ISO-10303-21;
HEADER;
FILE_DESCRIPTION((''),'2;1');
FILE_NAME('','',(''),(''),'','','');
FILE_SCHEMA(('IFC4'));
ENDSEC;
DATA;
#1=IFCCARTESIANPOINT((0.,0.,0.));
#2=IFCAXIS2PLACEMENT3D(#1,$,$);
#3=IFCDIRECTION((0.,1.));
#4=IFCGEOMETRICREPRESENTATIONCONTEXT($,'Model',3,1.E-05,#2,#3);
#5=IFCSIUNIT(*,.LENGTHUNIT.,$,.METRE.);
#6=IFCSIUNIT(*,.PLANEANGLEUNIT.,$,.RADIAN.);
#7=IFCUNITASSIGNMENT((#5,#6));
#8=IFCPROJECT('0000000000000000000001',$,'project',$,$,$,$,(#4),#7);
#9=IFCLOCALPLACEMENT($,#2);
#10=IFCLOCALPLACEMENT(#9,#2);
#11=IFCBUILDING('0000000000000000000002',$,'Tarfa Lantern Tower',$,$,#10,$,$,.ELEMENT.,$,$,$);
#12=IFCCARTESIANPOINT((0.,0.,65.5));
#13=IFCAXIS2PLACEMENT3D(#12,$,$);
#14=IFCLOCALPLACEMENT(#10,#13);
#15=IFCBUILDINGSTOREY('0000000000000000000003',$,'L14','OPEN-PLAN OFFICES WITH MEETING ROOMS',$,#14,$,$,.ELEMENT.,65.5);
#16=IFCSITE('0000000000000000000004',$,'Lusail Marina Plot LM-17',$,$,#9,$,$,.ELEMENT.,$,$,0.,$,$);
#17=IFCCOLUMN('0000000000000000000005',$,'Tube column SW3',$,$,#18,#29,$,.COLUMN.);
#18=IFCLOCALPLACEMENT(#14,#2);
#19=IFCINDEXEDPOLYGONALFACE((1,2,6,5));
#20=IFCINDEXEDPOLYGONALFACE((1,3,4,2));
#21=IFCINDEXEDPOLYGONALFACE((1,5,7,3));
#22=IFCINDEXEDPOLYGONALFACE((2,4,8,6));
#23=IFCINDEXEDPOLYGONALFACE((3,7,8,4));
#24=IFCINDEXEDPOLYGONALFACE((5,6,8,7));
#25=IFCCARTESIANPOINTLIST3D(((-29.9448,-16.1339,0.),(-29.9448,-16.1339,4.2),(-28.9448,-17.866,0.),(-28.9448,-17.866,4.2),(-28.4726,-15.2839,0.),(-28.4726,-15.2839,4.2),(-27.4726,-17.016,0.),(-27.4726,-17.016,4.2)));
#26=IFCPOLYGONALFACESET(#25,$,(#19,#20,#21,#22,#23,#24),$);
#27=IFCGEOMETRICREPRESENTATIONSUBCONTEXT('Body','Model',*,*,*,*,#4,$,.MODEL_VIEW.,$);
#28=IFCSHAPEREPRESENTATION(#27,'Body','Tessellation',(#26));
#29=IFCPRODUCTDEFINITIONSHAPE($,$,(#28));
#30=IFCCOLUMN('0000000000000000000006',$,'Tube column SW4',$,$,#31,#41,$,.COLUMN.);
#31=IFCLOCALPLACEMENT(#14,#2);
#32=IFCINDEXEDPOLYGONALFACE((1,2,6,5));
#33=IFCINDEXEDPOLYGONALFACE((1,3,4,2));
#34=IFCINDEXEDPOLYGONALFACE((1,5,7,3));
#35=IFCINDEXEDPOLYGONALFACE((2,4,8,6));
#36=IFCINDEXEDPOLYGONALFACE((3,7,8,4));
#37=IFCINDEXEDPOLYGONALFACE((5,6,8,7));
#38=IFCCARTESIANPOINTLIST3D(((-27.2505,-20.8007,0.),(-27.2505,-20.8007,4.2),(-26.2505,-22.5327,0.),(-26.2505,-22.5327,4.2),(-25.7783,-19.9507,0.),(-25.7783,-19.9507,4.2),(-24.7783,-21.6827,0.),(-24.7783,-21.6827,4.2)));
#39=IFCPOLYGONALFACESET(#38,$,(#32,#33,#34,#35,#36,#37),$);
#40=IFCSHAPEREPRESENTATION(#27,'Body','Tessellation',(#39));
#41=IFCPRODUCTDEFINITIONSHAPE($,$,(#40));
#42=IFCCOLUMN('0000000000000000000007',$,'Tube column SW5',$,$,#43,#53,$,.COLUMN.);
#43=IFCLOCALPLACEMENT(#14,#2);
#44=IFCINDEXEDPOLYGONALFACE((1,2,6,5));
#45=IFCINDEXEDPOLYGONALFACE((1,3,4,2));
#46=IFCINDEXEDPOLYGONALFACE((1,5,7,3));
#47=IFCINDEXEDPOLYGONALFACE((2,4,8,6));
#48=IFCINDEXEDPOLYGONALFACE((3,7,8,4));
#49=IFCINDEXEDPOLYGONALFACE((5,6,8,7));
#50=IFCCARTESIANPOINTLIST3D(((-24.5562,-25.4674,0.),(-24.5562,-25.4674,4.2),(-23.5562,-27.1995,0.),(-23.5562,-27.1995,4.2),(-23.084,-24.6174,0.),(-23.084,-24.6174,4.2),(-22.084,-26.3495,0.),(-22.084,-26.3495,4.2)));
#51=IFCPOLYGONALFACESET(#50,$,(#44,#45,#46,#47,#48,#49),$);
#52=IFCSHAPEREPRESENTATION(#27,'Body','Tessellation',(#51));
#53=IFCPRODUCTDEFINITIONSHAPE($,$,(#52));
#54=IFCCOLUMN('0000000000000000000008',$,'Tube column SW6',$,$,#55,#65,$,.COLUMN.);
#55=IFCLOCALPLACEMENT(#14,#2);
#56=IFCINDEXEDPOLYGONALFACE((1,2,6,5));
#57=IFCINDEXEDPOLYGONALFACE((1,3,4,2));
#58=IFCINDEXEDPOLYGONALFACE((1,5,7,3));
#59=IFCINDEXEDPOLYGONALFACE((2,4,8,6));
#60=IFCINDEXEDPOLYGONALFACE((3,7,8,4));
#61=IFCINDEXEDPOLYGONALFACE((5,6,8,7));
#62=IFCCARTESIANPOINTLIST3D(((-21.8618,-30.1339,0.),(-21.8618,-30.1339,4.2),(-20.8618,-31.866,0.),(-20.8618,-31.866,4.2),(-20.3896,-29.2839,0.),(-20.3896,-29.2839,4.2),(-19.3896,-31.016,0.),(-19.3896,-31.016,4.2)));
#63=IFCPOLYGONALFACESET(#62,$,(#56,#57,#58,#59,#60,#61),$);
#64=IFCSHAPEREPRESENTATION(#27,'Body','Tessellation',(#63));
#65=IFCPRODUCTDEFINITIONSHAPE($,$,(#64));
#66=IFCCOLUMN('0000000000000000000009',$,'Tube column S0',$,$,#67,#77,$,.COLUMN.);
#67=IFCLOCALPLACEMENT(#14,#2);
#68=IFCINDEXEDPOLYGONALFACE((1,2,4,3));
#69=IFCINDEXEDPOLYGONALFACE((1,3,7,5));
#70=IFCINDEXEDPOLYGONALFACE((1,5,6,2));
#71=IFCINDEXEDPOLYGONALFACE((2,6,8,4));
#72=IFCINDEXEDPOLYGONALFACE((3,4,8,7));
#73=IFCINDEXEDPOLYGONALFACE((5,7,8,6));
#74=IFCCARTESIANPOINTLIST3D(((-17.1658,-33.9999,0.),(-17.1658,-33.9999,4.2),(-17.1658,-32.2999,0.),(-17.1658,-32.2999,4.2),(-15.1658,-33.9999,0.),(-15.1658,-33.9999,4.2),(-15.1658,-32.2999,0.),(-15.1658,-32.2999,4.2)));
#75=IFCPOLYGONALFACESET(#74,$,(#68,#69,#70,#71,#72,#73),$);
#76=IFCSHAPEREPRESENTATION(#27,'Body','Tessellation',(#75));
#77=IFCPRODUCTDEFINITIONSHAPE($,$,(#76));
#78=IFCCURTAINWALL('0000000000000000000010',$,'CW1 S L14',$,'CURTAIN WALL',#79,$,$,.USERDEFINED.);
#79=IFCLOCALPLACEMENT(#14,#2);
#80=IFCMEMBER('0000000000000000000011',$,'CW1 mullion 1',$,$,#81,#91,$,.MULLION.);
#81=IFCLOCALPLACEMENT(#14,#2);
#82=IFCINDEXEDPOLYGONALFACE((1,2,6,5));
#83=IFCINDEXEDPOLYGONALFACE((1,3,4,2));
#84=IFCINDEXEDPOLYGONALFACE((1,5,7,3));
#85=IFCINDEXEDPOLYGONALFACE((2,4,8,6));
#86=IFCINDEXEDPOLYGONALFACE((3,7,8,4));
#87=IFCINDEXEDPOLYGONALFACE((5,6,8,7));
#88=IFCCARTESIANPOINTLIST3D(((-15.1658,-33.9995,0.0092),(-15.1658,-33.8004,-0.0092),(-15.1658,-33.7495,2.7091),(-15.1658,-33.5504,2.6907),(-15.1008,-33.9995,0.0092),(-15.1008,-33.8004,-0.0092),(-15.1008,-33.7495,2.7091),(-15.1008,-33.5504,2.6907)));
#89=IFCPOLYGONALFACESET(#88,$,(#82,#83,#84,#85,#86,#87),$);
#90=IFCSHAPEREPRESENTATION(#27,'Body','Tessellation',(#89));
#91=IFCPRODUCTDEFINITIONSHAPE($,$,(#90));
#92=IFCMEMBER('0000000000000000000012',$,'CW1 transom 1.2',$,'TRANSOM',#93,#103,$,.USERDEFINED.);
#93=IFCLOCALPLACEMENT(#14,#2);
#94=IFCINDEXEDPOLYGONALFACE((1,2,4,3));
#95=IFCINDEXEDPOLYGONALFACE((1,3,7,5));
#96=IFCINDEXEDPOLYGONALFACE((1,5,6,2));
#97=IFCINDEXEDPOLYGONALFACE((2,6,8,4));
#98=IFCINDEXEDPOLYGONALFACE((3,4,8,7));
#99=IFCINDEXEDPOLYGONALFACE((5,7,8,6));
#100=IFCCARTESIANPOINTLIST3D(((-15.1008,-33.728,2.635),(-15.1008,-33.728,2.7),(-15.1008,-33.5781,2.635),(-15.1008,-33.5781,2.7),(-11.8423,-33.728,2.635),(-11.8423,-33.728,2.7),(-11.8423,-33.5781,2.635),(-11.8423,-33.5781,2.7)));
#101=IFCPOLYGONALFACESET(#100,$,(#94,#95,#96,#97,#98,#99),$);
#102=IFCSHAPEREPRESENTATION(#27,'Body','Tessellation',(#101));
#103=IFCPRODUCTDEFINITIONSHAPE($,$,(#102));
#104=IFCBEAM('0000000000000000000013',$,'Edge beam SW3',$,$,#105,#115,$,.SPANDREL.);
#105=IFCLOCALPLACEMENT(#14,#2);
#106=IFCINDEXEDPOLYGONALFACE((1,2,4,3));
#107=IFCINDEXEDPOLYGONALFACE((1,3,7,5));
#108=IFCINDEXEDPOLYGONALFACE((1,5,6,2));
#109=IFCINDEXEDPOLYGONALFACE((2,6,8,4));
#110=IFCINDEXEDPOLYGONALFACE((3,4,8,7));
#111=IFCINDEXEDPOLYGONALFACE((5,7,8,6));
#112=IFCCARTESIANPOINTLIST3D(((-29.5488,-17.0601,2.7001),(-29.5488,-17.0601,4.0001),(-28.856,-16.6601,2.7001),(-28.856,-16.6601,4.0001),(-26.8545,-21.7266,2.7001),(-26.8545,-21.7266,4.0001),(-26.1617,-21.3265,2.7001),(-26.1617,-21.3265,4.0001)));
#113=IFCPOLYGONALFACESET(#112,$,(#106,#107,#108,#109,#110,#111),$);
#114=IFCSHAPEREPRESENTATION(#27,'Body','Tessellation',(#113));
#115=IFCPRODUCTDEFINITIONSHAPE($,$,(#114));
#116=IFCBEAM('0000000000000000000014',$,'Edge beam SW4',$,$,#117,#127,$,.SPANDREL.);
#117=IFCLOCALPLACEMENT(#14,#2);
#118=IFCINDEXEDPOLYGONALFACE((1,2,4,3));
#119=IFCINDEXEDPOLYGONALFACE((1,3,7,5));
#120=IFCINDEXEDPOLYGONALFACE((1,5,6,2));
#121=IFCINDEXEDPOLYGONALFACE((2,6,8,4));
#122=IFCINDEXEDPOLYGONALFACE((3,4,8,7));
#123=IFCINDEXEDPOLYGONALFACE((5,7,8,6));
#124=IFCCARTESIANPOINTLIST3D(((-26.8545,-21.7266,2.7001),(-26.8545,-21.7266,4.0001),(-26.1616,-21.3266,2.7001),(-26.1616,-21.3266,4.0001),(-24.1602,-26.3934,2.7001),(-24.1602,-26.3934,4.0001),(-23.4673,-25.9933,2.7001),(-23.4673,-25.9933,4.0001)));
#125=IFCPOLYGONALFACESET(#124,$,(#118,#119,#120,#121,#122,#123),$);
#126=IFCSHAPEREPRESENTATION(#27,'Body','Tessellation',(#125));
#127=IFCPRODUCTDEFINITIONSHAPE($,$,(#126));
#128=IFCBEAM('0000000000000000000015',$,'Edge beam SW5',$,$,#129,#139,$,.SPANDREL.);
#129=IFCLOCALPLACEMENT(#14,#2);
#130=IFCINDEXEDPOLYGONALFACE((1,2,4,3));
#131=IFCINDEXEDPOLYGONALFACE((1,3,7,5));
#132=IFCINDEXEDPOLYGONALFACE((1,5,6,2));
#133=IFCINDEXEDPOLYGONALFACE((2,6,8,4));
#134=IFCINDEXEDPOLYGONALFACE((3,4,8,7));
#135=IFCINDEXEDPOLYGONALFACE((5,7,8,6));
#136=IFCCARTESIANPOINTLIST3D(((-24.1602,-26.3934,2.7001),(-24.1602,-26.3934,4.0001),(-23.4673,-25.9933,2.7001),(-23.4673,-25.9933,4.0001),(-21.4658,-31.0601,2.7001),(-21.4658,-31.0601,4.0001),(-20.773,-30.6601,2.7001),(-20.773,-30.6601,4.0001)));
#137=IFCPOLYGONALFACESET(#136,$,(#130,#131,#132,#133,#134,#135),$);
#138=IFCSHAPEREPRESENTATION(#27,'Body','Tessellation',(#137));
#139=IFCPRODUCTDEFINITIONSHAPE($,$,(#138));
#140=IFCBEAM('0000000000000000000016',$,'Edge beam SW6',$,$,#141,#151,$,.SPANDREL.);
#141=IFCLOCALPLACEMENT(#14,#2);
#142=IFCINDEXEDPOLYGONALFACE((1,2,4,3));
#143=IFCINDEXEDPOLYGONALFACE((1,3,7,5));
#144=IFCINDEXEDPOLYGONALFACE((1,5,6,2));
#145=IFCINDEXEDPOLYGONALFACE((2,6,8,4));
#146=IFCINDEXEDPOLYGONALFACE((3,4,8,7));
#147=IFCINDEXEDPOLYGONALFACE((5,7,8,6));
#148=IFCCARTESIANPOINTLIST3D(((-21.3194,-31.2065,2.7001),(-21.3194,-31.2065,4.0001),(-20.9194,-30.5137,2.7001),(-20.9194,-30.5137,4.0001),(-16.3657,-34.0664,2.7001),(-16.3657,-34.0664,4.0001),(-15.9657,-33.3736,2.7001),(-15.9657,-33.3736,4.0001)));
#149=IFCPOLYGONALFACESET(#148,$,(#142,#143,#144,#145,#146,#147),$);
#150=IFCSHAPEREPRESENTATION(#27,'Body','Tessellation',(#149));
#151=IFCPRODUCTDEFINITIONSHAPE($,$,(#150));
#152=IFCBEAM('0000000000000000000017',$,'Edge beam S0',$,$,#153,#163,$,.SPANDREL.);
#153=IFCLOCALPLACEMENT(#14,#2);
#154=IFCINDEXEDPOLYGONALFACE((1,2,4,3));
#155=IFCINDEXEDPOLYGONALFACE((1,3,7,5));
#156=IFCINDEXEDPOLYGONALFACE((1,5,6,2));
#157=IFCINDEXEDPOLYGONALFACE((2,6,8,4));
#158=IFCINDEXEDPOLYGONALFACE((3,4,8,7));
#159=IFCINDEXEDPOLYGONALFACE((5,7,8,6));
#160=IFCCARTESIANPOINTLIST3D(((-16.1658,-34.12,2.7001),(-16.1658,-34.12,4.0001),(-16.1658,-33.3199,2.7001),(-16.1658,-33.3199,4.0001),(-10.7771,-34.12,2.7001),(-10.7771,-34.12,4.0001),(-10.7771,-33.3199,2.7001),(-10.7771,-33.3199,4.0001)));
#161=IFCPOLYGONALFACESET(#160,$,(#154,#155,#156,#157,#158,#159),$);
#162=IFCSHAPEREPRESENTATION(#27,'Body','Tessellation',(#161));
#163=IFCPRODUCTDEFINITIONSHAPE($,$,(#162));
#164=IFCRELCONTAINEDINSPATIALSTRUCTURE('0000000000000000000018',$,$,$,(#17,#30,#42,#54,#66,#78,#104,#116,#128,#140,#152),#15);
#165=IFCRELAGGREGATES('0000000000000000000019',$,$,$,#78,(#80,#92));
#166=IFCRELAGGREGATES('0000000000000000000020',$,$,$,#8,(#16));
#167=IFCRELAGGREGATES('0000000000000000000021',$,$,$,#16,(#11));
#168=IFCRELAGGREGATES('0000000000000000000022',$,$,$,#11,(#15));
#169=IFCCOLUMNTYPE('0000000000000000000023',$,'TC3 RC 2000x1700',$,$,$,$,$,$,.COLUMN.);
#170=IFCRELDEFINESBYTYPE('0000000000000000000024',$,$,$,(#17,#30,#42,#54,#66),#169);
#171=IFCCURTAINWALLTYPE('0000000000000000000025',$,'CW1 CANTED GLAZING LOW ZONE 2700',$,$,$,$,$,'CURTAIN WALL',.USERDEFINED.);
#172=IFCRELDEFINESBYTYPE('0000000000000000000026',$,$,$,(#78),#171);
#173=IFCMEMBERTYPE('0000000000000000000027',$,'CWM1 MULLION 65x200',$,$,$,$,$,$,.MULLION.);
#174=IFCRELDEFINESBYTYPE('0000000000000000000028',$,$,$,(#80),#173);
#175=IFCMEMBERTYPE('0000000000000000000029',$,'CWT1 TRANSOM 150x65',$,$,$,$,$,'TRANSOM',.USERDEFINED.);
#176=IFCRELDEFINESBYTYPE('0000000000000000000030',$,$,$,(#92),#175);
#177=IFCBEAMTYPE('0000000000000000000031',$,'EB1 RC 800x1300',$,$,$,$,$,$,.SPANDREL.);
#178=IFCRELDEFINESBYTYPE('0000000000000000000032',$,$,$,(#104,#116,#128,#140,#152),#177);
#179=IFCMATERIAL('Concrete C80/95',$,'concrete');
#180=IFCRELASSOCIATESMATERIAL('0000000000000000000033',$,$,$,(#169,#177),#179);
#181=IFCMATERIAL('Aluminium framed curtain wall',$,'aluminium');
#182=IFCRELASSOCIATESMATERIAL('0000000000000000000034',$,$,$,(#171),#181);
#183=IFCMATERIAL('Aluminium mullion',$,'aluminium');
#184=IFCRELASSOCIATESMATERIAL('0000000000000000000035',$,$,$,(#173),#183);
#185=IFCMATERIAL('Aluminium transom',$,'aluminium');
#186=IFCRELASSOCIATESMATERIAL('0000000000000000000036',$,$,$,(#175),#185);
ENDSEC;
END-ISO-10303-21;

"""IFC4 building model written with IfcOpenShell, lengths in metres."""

from ifc_helpers import new_model, si_unit, direction, frame, origin, origin_2d, place, context, subcontext, project, spatial, rectangle, extrude, material, material_profile, profile_set, type_object, element, aggregate, save


model = new_model("IFC4")

# Units and contexts
model_context = context("Model", 3, precision=1e-05, world=origin(), true_north=direction((0.0, 1.0)))
body_context = subcontext(model_context, "Body", "Model", "MODEL_VIEW")
ifc_project = project(units=[si_unit("LENGTHUNIT", "METRE"), si_unit("PLANEANGLEUNIT", "RADIAN")], contexts=[model_context])

# Site, building, storey
site_placement = place(None, origin())
site = spatial("IfcSite", under=ifc_project, at=site_placement, Name="Lusail Marina Plot LM-17", CompositionType="ELEMENT", RefElevation=0.0)
building_placement = place(site_placement, origin())
building = spatial("IfcBuilding", under=site, at=building_placement, Name="Tarfa Lantern Tower", CompositionType="ELEMENT")
storey_placement = place(building_placement, frame((0.0, 0.0, 65.5)))
storey = spatial("IfcBuildingStorey", under=building, at=storey_placement, Name="L14", Description="OPEN-PLAN OFFICES WITH MEETING ROOMS", CompositionType="ELEMENT", Elevation=65.5)

# Columns
ifc_material_1 = material(Name="Concrete C80/95", Category="concrete")
ifc_material_profile_1 = material_profile(ifc_material_1, rectangle(XDim=2.0, YDim=1.7, at=origin_2d()), Name="RC 2000x1700")
ifc_profile_set_1 = profile_set([ifc_material_profile_1], Name="Concrete C80/95")
column_type = type_object("IfcColumnType", Name="TC3 RC 2000x1700", PredefinedType="COLUMN", material=ifc_profile_set_1)
for number, where, z_axis, x_axis, name in (
    (1, (-28.7087, -16.575, 0.0), (0.0, 0.0, 1.0), (0.5, -0.866025, 0.0), "Tube column SW3"),
    (2, (-26.0144, -21.2417, 0.0), (0.0, 0.0, 1.0), (0.5, -0.866025, 0.0), "Tube column SW4"),
    (3, (-23.3201, -25.9084, 0.0), (0.0, 0.0, 1.0), (0.5, -0.866025, 0.0), "Tube column SW5"),
    (4, (-20.6257, -30.575, 0.0), (0.0, 0.0, 1.0), (0.5, -0.866025, 0.0), "Tube column SW6"),
    (5, (-16.1658, -33.1499, 0.0), (0.0, 0.0, 1.0), (1.0, 0.0, 0.0), "Tube column S0"),
):
    element("IfcColumn", number, at=place(storey_placement, frame(where, z_axis=z_axis, x_axis=x_axis)), inside=storey, type_object=column_type, Name=name, PredefinedType="COLUMN", context=body_context, shape_type="SweptSolid", body=[
        extrude(rectangle(XDim=2.0, YDim=1.7, at=origin_2d()), origin(), (0.0, 0.0, 1.0), 4.2),
    ])

# Curtain wall, members
ifc_material_2 = material(Name="Aluminium framed curtain wall", Category="aluminium")
curtain_wall_type = type_object("IfcCurtainWallType", Name="CW1 CANTED GLAZING LOW ZONE 2700", ElementType="CURTAIN WALL", PredefinedType="USERDEFINED", material=ifc_material_2)
curtain_wall_placement = place(storey_placement, origin())
curtain_wall = element("IfcCurtainWall", 6, at=curtain_wall_placement, inside=storey, type_object=curtain_wall_type, Name="CW1 S L14", ObjectType="CURTAIN WALL", PredefinedType="USERDEFINED")
ifc_material_3 = material(Name="Aluminium mullion", Category="aluminium")
ifc_material_profile_2 = material_profile(ifc_material_3, rectangle(XDim=0.0649, YDim=0.2, at=origin_2d()), Name="AL MULLION 65x200")
ifc_profile_set_2 = profile_set([ifc_material_profile_2], Name="Aluminium mullion")
member_type_1 = type_object("IfcMemberType", Name="CWM1 MULLION 65x200", PredefinedType="MULLION", material=ifc_profile_set_2)
member_1_placement = place(storey_placement, frame((-15.1333, -33.8999, 0.0), z_axis=(0.0, 0.0922, 0.995741), x_axis=(-1.0, 0.0, 0.0)))
member_1 = element("IfcMember", 7, at=member_1_placement, type_object=member_type_1, Name="CW1 mullion 1", PredefinedType="MULLION", context=body_context, shape_type="SweptSolid", body=[
    extrude(rectangle(XDim=0.0649, YDim=0.2, at=origin_2d()), origin(), (0.0, 0.0, 1.0), 2.7114),
])
ifc_material_4 = material(Name="Aluminium transom", Category="aluminium")
ifc_material_profile_3 = material_profile(ifc_material_4, rectangle(XDim=0.1499, YDim=0.0649, at=origin_2d()), Name="AL TRANSOM 150x65")
ifc_profile_set_3 = profile_set([ifc_material_profile_3], Name="Aluminium transom")
member_type_2 = type_object("IfcMemberType", Name="CWT1 TRANSOM 150x65", ElementType="TRANSOM", PredefinedType="USERDEFINED", material=ifc_profile_set_3)
member_2_placement = place(storey_placement, frame((-15.1008, -33.6531, 2.6675), z_axis=(1.0, 0.0, 0.0), x_axis=(0.0, 1.0, 0.0)))
member_2 = element("IfcMember", 8, at=member_2_placement, type_object=member_type_2, Name="CW1 transom 1.2", ObjectType="TRANSOM", PredefinedType="USERDEFINED", context=body_context, shape_type="SweptSolid", body=[
    extrude(rectangle(XDim=0.1499, YDim=0.0649, at=origin_2d()), origin(), (0.0, 0.0, 1.0), 3.2585),
])

# Beams
ifc_material_profile_4 = material_profile(ifc_material_1, rectangle(XDim=0.8, YDim=1.3, at=origin_2d()), Name="RC 800x1300")
ifc_profile_set_4 = profile_set([ifc_material_profile_4], Name="Concrete C80/95")
beam_type_1 = type_object("IfcBeamType", Name="EB1 RC 800x1300", PredefinedType="SPANDREL", material=ifc_profile_set_4)
beam_1_placement = place(storey_placement, frame((-29.2024, -16.8601, 3.3501), z_axis=(0.500018, -0.866015, 0.0), x_axis=(0.866015, 0.500018, 0.0)))
element("IfcBeam", 9, at=beam_1_placement, inside=storey, type_object=beam_type_1, Name="Edge beam SW3", PredefinedType="SPANDREL", context=body_context, shape_type="SweptSolid", body=[
    extrude(rectangle(XDim=0.8, YDim=1.3, at=origin_2d()), origin(), (0.0, 0.0, 1.0), 5.3884),
])
for number, where, z_axis, x_axis, name in (
    (10, (-26.5081, -21.5266, 3.3501), (0.499998, -0.866026, 0.0), (0.866026, 0.499998, 0.0), "Edge beam SW4"),
    (11, (-23.8137, -26.1934, 3.3501), (0.499998, -0.866026, 0.0), (0.866026, 0.499998, 0.0), "Edge beam SW5"),
):
    element("IfcBeam", number, at=place(storey_placement, frame(where, z_axis=z_axis, x_axis=x_axis)), inside=storey, type_object=beam_type_1, Name=name, PredefinedType="SPANDREL", context=body_context, shape_type="SweptSolid", body=[
        extrude(rectangle(XDim=0.8, YDim=1.3, at=origin_2d()), origin(), (0.0, 0.0, 1.0), 5.3887),
    ])
beam_2_placement = place(storey_placement, frame((-21.1194, -30.8601, 3.3501), z_axis=(0.866033, -0.499986, 0.0), x_axis=(0.499986, 0.866033, 0.0)))
element("IfcBeam", 12, at=beam_2_placement, inside=storey, type_object=beam_type_1, Name="Edge beam SW6", PredefinedType="SPANDREL", context=body_context, shape_type="SweptSolid", body=[
    extrude(rectangle(XDim=0.8, YDim=1.3, at=origin_2d()), origin(), (0.0, 0.0, 1.0), 5.72),
])
beam_3_placement = place(storey_placement, frame((-16.1658, -33.72, 3.3501), z_axis=(1.0, 0.0, 0.0), x_axis=(0.0, 1.0, 0.0)))
element("IfcBeam", 13, at=beam_3_placement, inside=storey, type_object=beam_type_1, Name="Edge beam S0", PredefinedType="SPANDREL", context=body_context, shape_type="SweptSolid", body=[
    extrude(rectangle(XDim=0.8, YDim=1.3, at=origin_2d()), origin(), (0.0, 0.0, 1.0), 5.3887),
])

aggregate(curtain_wall, [member_1, member_2])

save(model, "model.ifc")
